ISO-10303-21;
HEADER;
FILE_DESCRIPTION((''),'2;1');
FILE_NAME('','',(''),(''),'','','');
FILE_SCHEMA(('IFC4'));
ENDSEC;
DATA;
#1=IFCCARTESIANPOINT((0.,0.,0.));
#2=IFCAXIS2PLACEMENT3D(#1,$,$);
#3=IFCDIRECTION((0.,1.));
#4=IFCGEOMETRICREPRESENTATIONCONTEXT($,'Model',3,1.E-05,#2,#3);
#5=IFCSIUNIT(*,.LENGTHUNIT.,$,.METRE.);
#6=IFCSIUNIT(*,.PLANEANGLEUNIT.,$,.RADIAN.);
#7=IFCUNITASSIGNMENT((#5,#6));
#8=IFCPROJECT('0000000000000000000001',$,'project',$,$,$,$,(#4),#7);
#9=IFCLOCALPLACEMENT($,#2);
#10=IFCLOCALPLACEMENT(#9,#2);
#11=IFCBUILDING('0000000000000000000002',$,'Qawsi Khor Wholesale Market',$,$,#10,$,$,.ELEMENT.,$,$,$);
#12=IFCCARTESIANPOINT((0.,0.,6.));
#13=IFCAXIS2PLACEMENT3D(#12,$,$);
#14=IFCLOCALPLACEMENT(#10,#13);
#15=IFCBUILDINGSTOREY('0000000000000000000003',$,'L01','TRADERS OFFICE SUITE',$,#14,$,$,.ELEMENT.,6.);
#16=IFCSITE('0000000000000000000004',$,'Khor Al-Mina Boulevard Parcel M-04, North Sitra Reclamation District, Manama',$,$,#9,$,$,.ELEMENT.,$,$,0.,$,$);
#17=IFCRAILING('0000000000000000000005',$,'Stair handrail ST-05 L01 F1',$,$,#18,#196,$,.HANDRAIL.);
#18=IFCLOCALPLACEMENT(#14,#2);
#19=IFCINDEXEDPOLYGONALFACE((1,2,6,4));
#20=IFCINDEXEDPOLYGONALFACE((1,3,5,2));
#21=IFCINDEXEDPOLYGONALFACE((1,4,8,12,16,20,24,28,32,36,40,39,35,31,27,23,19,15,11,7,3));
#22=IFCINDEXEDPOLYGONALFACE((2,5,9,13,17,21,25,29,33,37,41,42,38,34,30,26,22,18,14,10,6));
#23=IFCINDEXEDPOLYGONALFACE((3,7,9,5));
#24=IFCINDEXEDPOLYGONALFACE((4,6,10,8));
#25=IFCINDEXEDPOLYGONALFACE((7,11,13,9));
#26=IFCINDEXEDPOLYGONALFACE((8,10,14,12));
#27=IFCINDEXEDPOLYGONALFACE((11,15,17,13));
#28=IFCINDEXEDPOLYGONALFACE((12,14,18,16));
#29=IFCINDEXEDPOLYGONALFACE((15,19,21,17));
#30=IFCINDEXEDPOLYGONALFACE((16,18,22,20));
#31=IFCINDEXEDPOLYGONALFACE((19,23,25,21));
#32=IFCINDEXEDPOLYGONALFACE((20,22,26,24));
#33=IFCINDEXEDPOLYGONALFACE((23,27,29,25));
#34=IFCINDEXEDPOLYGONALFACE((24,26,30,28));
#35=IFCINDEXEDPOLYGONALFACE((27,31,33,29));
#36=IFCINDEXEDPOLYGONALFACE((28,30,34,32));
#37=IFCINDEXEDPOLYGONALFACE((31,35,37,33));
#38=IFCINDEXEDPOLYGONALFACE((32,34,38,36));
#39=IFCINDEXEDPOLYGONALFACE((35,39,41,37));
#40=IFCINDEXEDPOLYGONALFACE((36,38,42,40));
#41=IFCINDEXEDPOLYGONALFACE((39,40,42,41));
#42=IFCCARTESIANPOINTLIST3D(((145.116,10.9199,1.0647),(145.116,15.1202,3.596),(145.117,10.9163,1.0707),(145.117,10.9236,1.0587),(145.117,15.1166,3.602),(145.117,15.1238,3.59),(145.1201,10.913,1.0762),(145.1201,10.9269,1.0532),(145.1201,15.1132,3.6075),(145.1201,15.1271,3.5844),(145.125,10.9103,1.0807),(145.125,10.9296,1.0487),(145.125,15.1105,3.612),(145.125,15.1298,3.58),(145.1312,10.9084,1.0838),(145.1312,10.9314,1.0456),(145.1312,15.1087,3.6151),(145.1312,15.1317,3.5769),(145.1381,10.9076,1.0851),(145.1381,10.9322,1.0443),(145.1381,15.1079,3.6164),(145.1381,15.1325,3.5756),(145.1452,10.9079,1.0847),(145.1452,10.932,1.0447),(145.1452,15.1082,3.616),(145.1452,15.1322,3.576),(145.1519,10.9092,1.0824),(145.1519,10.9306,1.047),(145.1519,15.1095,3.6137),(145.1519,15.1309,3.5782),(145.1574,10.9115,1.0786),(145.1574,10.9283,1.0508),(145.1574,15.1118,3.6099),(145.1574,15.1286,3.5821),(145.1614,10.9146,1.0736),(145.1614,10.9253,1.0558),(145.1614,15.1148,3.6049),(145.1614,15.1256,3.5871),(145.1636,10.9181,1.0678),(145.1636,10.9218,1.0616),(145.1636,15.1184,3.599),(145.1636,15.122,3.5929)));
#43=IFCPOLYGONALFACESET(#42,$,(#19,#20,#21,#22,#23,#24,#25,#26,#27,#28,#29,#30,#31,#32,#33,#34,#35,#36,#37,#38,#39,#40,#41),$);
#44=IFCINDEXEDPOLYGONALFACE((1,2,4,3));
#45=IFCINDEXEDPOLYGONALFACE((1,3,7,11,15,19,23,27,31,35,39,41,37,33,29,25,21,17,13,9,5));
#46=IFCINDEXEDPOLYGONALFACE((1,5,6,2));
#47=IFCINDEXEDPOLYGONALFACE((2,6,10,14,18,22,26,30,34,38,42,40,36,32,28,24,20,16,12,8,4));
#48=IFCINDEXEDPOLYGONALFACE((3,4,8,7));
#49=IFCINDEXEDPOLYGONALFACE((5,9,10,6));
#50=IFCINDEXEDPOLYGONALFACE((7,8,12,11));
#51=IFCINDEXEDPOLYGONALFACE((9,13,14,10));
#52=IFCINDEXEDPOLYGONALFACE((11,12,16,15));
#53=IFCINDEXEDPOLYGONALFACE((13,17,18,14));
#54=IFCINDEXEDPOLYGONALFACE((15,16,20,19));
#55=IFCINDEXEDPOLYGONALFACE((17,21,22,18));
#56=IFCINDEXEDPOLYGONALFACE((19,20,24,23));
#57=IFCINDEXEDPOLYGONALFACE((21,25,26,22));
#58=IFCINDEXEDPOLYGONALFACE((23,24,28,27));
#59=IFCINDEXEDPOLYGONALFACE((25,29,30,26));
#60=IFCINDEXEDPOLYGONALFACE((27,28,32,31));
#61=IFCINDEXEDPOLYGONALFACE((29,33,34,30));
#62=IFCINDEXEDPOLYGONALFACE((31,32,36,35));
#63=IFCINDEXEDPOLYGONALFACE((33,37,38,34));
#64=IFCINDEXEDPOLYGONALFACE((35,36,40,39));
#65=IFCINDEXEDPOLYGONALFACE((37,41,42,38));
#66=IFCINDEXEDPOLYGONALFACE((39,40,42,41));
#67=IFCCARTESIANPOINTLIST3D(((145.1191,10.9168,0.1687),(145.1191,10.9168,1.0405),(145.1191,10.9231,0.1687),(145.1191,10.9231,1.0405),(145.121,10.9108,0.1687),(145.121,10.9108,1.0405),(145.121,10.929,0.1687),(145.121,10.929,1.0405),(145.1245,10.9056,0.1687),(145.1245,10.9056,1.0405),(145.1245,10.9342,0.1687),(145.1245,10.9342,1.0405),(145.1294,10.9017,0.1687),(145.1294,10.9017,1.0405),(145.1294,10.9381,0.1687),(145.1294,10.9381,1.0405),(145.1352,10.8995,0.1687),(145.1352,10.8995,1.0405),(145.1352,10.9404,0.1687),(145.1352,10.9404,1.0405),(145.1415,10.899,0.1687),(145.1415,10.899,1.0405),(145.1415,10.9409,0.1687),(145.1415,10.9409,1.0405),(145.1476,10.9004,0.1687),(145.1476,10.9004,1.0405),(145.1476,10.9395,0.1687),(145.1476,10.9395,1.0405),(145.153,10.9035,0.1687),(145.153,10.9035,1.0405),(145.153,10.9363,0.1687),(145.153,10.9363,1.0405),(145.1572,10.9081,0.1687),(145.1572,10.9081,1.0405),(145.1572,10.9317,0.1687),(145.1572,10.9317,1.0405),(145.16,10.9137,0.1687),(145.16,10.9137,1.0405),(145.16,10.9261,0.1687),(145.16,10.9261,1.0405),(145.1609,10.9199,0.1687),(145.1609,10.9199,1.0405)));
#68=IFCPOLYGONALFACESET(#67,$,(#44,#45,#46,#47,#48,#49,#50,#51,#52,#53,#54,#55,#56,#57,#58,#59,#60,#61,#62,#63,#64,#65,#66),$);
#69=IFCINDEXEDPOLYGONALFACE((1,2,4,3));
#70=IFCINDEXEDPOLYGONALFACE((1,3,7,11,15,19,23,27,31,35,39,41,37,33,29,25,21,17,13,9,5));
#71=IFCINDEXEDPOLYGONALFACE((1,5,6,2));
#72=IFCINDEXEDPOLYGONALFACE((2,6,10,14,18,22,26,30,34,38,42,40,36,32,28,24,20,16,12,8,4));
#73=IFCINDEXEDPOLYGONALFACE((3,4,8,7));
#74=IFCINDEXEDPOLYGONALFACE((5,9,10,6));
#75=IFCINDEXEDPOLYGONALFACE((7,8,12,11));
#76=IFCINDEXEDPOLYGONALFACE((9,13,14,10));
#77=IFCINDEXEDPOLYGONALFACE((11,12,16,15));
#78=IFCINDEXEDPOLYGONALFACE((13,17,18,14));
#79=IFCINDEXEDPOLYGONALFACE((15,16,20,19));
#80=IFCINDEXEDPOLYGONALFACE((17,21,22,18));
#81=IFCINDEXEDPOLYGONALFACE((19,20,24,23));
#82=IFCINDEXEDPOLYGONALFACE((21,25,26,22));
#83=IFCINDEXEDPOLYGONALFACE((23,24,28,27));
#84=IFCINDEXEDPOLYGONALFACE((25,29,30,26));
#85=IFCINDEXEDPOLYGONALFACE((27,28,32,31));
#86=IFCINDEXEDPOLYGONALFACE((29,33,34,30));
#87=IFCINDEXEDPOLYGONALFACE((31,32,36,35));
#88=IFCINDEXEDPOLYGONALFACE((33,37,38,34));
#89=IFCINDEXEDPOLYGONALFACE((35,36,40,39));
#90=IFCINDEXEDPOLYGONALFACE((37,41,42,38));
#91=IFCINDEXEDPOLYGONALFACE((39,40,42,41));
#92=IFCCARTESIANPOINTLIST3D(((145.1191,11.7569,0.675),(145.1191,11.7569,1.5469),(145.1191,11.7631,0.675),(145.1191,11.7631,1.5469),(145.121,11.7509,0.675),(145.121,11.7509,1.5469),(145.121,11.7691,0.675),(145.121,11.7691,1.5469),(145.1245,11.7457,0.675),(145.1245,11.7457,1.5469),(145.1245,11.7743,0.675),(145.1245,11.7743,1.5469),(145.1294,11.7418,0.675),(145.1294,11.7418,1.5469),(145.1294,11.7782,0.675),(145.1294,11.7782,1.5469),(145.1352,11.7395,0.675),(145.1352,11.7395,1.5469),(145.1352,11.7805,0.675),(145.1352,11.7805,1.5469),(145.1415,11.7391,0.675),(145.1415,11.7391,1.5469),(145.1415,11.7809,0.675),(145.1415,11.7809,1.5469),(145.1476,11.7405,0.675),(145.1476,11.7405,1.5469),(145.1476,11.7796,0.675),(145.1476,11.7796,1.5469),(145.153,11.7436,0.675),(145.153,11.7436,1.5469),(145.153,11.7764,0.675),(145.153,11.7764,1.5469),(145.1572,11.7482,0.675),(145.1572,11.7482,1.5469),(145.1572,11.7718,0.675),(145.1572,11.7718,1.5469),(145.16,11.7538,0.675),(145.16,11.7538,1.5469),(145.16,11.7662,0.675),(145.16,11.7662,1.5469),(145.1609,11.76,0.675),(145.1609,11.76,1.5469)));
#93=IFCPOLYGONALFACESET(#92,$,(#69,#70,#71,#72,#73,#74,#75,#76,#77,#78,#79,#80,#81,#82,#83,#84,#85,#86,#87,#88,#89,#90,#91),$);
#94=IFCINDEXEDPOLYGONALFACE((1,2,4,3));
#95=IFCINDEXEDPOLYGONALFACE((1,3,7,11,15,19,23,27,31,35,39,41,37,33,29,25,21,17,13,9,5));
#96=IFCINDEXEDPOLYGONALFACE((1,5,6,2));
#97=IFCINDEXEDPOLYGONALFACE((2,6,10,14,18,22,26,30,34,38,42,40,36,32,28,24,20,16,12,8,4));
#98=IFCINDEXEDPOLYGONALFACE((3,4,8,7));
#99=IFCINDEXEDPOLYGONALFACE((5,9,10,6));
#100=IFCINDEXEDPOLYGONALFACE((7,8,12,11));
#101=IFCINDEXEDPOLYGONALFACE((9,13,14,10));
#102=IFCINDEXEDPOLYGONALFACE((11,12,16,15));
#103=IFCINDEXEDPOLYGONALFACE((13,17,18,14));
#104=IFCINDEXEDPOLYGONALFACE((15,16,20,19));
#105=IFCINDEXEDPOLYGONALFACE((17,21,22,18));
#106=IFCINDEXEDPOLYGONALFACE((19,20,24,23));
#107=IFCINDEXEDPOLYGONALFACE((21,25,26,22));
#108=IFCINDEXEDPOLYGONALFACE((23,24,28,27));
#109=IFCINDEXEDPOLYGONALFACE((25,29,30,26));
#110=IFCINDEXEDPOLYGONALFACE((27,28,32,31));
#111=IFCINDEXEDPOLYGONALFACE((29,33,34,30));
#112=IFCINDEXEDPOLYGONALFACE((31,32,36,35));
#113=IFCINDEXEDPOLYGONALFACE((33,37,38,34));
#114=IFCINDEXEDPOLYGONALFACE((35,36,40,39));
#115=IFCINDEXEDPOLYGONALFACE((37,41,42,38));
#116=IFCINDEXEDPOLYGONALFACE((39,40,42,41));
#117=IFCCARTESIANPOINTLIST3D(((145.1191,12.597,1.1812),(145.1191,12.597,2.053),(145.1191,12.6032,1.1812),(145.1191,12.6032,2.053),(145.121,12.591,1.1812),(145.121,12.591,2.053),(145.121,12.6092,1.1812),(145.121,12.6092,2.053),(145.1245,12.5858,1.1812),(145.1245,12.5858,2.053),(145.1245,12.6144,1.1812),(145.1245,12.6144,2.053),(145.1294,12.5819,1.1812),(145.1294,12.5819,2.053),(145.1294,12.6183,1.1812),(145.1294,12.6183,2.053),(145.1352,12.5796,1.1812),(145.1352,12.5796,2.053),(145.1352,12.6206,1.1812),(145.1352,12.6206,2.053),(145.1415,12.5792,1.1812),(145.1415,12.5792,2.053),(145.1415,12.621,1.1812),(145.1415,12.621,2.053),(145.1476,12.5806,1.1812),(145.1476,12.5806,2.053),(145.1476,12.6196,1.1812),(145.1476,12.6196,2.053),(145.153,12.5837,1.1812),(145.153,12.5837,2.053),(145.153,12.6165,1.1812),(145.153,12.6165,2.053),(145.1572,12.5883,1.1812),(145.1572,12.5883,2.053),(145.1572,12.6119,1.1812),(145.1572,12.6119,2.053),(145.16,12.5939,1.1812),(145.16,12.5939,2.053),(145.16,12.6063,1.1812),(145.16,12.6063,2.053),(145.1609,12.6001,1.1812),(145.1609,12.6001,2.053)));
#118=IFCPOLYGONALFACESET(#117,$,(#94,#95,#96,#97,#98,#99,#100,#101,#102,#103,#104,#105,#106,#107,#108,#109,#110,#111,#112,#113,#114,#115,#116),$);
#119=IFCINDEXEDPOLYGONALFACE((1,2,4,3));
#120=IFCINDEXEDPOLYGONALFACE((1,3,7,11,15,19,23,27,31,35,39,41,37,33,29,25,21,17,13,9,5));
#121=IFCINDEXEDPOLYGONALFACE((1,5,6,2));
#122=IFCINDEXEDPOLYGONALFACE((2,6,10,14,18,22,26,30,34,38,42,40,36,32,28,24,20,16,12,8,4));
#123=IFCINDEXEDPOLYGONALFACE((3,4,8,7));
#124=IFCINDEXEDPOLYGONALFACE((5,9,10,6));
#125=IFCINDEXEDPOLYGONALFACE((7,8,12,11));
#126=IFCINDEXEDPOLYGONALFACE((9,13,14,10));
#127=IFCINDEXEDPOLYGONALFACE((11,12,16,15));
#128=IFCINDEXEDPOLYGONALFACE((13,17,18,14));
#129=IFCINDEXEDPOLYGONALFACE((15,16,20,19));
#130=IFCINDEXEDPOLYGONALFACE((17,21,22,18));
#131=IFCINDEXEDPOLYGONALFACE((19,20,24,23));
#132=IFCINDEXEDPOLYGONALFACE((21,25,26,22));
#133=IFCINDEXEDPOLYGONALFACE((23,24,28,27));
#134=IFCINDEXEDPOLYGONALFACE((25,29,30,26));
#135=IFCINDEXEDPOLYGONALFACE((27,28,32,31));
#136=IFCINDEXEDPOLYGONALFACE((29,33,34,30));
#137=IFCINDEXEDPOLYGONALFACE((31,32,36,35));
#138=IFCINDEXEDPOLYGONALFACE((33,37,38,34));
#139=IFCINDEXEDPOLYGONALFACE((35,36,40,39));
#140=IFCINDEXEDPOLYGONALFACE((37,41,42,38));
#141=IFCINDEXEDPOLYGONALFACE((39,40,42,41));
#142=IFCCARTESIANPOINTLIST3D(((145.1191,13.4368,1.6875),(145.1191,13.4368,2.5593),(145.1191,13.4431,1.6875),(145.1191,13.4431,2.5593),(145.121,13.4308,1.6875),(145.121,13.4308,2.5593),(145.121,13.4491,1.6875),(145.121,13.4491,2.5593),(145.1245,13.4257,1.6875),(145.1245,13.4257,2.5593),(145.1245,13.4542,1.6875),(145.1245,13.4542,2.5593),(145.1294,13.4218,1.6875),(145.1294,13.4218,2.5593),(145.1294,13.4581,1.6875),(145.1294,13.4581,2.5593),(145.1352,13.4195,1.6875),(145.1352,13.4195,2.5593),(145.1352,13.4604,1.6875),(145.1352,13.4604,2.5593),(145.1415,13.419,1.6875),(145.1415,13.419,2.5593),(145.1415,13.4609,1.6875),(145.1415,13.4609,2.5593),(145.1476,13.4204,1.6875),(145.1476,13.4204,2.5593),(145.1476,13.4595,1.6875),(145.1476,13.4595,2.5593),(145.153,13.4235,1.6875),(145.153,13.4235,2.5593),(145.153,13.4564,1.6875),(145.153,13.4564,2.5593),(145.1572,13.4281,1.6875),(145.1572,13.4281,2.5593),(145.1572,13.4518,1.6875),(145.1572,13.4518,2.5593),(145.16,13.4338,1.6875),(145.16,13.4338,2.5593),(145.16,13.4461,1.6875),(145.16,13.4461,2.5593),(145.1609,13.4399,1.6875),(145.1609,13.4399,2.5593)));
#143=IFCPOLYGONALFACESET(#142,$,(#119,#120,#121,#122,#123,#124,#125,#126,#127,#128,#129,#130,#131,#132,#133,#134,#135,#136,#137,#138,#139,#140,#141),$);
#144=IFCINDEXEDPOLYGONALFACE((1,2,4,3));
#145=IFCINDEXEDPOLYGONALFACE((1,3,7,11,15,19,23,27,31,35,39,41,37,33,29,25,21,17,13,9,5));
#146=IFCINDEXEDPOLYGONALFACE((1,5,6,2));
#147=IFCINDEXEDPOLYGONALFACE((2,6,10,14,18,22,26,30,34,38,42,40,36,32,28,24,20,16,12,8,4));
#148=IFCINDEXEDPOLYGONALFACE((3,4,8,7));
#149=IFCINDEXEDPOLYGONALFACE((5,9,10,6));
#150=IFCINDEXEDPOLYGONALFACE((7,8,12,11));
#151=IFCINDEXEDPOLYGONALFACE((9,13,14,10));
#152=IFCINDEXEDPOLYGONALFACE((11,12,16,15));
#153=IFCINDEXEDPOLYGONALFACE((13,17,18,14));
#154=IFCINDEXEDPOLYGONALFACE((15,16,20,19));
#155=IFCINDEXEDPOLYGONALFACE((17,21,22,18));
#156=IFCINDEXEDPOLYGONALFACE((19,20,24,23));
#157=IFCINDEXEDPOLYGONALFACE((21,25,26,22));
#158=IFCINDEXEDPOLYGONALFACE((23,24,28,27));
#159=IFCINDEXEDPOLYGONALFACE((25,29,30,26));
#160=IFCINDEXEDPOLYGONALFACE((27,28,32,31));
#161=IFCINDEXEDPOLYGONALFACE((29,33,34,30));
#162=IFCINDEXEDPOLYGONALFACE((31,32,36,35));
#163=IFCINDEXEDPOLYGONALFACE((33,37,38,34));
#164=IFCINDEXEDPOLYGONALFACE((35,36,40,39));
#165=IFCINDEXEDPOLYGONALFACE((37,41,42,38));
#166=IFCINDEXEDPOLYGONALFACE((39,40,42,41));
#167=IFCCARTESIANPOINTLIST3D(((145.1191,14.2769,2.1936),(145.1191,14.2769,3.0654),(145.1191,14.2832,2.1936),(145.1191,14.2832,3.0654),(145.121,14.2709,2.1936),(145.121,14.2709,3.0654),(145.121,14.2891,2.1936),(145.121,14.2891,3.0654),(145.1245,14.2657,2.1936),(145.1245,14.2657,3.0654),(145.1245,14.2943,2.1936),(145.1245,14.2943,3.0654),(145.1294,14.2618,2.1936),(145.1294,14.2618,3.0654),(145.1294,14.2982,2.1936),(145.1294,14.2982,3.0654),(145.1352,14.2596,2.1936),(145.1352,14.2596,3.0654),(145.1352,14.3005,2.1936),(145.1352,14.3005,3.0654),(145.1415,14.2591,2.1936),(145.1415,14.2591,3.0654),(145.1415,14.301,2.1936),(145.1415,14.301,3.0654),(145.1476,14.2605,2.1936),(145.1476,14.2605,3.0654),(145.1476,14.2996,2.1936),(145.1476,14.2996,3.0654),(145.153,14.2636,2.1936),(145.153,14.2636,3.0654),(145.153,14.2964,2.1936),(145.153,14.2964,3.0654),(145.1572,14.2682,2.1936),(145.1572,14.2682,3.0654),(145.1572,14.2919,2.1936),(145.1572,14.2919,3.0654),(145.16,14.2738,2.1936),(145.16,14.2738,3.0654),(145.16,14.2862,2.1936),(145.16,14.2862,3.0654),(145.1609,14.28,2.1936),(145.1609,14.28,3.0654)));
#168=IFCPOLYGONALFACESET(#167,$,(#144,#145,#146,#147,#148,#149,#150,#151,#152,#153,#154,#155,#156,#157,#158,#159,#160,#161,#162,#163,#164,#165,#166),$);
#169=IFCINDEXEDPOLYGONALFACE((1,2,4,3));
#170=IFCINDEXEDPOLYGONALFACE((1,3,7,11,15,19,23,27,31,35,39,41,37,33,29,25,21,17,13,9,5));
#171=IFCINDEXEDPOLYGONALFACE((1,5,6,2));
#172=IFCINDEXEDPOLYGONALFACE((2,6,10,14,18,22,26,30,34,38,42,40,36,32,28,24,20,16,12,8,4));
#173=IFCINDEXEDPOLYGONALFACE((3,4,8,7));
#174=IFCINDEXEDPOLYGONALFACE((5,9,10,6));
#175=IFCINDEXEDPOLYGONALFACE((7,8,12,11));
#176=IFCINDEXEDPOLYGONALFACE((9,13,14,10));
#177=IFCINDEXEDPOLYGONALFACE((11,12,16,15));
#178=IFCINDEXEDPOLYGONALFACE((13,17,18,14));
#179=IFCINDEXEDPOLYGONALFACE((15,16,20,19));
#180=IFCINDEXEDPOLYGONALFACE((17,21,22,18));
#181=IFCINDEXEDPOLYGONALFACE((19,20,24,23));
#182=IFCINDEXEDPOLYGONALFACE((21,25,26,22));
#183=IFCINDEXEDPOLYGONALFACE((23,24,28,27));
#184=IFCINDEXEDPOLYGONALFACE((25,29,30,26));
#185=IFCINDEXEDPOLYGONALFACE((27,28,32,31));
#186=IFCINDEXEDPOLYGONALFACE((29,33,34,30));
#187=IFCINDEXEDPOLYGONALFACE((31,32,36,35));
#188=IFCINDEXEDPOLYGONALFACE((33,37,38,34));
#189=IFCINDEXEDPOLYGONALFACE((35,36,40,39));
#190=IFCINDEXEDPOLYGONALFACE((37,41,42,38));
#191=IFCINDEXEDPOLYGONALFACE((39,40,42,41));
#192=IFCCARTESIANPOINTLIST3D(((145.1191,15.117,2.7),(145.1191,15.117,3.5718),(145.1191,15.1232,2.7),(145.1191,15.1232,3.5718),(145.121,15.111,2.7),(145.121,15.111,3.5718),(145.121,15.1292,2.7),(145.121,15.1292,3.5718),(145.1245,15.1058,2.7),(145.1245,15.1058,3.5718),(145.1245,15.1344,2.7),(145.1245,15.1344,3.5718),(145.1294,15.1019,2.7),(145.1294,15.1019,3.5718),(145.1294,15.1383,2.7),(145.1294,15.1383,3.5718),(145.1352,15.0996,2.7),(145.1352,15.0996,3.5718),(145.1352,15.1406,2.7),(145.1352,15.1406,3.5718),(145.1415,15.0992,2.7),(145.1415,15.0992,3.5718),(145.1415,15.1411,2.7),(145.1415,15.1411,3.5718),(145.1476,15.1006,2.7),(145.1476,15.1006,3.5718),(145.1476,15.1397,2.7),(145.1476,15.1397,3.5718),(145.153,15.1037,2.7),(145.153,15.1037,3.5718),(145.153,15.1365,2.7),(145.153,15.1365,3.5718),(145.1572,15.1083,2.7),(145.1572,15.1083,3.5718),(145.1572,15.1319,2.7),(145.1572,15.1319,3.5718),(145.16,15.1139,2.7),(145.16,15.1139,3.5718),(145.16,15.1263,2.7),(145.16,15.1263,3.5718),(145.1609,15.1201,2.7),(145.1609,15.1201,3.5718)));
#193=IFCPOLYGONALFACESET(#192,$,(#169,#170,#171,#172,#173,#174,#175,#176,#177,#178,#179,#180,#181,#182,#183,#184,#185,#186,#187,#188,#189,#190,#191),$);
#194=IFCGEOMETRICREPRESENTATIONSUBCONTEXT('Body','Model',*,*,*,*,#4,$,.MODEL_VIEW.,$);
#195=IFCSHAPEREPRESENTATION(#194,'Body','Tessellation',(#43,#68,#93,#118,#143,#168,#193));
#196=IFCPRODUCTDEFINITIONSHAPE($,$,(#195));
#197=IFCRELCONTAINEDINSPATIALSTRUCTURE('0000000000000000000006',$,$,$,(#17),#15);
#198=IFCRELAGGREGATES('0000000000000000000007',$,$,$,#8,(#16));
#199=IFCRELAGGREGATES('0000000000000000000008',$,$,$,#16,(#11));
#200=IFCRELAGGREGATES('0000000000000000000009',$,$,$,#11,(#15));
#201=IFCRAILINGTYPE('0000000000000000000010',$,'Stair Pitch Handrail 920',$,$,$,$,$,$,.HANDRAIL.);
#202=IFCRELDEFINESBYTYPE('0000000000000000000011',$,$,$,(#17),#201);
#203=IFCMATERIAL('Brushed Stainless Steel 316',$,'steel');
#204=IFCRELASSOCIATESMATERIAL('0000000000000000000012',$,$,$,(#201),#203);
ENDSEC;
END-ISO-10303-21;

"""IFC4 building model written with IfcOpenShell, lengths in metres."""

from ifc_helpers import new_model, si_unit, direction, frame, origin, origin_2d, place, context, subcontext, project, spatial, circle, extrude, material, type_object, element, save


model = new_model("IFC4")

# Units and contexts
model_context = context("Model", 3, precision=1e-05, world=origin(), true_north=direction((0.0, 1.0)))
body_context = subcontext(model_context, "Body", "Model", "MODEL_VIEW")
ifc_project = project(units=[si_unit("LENGTHUNIT", "METRE"), si_unit("PLANEANGLEUNIT", "RADIAN")], contexts=[model_context])

# Site, building, storey
site_placement = place(None, origin())
site = spatial("IfcSite", under=ifc_project, at=site_placement, Name="Khor Al-Mina Boulevard Parcel M-04, North Sitra Reclamation District, Manama", CompositionType="ELEMENT", RefElevation=0.0)
building_placement = place(site_placement, origin())
building = spatial("IfcBuilding", under=site, at=building_placement, Name="Qawsi Khor Wholesale Market", CompositionType="ELEMENT")
storey_placement = place(building_placement, frame((0.0, 0.0, 6.0)))
storey = spatial("IfcBuildingStorey", under=building, at=storey_placement, Name="L01", Description="TRADERS OFFICE SUITE", CompositionType="ELEMENT", Elevation=6.0)

# Railing
ifc_material_1 = material(Name="Brushed Stainless Steel 316", Category="steel")
railing_type_1 = type_object("IfcRailingType", Name="Stair Pitch Handrail 920", PredefinedType="HANDRAIL", material=ifc_material_1)
railing_1_placement = place(storey_placement, frame((145.1399, 10.9199, 0.1687)))
element("IfcRailing", 1, at=railing_1_placement, inside=storey, type_object=railing_type_1, Name="Stair handrail ST-05 L01 F1", PredefinedType="HANDRAIL", context=body_context, shape_type="SweptSolid", body=[
    extrude(circle(Radius=0.0239, at=origin_2d()), frame((0.0, 0.0, 0.896), z_axis=(0.0, 0.85649, 0.516164), x_axis=(-1.0, 0.0, 0.0)), (0.0, 0.0, 1.0), 4.9041),
    extrude(circle(Radius=0.021, at=origin_2d()), origin(), (0.0, 0.0, 1.0), 0.8718),
    extrude(circle(Radius=0.021, at=origin_2d()), frame((0.0, 0.8401, 0.5063)), (0.0, 0.0, 1.0), 0.8718),
    extrude(circle(Radius=0.021, at=origin_2d()), frame((0.0, 1.6802, 1.0125)), (0.0, 0.0, 1.0), 0.8718),
    extrude(circle(Radius=0.021, at=origin_2d()), frame((0.0, 2.52, 1.5188)), (0.0, 0.0, 1.0), 0.8718),
    extrude(circle(Radius=0.021, at=origin_2d()), frame((0.0, 3.3601, 2.0249)), (0.0, 0.0, 1.0), 0.8718),
    extrude(circle(Radius=0.021, at=origin_2d()), frame((0.0, 4.2002, 2.5312)), (0.0, 0.0, 1.0), 0.8718),
])

save(model, "model.ifc")
